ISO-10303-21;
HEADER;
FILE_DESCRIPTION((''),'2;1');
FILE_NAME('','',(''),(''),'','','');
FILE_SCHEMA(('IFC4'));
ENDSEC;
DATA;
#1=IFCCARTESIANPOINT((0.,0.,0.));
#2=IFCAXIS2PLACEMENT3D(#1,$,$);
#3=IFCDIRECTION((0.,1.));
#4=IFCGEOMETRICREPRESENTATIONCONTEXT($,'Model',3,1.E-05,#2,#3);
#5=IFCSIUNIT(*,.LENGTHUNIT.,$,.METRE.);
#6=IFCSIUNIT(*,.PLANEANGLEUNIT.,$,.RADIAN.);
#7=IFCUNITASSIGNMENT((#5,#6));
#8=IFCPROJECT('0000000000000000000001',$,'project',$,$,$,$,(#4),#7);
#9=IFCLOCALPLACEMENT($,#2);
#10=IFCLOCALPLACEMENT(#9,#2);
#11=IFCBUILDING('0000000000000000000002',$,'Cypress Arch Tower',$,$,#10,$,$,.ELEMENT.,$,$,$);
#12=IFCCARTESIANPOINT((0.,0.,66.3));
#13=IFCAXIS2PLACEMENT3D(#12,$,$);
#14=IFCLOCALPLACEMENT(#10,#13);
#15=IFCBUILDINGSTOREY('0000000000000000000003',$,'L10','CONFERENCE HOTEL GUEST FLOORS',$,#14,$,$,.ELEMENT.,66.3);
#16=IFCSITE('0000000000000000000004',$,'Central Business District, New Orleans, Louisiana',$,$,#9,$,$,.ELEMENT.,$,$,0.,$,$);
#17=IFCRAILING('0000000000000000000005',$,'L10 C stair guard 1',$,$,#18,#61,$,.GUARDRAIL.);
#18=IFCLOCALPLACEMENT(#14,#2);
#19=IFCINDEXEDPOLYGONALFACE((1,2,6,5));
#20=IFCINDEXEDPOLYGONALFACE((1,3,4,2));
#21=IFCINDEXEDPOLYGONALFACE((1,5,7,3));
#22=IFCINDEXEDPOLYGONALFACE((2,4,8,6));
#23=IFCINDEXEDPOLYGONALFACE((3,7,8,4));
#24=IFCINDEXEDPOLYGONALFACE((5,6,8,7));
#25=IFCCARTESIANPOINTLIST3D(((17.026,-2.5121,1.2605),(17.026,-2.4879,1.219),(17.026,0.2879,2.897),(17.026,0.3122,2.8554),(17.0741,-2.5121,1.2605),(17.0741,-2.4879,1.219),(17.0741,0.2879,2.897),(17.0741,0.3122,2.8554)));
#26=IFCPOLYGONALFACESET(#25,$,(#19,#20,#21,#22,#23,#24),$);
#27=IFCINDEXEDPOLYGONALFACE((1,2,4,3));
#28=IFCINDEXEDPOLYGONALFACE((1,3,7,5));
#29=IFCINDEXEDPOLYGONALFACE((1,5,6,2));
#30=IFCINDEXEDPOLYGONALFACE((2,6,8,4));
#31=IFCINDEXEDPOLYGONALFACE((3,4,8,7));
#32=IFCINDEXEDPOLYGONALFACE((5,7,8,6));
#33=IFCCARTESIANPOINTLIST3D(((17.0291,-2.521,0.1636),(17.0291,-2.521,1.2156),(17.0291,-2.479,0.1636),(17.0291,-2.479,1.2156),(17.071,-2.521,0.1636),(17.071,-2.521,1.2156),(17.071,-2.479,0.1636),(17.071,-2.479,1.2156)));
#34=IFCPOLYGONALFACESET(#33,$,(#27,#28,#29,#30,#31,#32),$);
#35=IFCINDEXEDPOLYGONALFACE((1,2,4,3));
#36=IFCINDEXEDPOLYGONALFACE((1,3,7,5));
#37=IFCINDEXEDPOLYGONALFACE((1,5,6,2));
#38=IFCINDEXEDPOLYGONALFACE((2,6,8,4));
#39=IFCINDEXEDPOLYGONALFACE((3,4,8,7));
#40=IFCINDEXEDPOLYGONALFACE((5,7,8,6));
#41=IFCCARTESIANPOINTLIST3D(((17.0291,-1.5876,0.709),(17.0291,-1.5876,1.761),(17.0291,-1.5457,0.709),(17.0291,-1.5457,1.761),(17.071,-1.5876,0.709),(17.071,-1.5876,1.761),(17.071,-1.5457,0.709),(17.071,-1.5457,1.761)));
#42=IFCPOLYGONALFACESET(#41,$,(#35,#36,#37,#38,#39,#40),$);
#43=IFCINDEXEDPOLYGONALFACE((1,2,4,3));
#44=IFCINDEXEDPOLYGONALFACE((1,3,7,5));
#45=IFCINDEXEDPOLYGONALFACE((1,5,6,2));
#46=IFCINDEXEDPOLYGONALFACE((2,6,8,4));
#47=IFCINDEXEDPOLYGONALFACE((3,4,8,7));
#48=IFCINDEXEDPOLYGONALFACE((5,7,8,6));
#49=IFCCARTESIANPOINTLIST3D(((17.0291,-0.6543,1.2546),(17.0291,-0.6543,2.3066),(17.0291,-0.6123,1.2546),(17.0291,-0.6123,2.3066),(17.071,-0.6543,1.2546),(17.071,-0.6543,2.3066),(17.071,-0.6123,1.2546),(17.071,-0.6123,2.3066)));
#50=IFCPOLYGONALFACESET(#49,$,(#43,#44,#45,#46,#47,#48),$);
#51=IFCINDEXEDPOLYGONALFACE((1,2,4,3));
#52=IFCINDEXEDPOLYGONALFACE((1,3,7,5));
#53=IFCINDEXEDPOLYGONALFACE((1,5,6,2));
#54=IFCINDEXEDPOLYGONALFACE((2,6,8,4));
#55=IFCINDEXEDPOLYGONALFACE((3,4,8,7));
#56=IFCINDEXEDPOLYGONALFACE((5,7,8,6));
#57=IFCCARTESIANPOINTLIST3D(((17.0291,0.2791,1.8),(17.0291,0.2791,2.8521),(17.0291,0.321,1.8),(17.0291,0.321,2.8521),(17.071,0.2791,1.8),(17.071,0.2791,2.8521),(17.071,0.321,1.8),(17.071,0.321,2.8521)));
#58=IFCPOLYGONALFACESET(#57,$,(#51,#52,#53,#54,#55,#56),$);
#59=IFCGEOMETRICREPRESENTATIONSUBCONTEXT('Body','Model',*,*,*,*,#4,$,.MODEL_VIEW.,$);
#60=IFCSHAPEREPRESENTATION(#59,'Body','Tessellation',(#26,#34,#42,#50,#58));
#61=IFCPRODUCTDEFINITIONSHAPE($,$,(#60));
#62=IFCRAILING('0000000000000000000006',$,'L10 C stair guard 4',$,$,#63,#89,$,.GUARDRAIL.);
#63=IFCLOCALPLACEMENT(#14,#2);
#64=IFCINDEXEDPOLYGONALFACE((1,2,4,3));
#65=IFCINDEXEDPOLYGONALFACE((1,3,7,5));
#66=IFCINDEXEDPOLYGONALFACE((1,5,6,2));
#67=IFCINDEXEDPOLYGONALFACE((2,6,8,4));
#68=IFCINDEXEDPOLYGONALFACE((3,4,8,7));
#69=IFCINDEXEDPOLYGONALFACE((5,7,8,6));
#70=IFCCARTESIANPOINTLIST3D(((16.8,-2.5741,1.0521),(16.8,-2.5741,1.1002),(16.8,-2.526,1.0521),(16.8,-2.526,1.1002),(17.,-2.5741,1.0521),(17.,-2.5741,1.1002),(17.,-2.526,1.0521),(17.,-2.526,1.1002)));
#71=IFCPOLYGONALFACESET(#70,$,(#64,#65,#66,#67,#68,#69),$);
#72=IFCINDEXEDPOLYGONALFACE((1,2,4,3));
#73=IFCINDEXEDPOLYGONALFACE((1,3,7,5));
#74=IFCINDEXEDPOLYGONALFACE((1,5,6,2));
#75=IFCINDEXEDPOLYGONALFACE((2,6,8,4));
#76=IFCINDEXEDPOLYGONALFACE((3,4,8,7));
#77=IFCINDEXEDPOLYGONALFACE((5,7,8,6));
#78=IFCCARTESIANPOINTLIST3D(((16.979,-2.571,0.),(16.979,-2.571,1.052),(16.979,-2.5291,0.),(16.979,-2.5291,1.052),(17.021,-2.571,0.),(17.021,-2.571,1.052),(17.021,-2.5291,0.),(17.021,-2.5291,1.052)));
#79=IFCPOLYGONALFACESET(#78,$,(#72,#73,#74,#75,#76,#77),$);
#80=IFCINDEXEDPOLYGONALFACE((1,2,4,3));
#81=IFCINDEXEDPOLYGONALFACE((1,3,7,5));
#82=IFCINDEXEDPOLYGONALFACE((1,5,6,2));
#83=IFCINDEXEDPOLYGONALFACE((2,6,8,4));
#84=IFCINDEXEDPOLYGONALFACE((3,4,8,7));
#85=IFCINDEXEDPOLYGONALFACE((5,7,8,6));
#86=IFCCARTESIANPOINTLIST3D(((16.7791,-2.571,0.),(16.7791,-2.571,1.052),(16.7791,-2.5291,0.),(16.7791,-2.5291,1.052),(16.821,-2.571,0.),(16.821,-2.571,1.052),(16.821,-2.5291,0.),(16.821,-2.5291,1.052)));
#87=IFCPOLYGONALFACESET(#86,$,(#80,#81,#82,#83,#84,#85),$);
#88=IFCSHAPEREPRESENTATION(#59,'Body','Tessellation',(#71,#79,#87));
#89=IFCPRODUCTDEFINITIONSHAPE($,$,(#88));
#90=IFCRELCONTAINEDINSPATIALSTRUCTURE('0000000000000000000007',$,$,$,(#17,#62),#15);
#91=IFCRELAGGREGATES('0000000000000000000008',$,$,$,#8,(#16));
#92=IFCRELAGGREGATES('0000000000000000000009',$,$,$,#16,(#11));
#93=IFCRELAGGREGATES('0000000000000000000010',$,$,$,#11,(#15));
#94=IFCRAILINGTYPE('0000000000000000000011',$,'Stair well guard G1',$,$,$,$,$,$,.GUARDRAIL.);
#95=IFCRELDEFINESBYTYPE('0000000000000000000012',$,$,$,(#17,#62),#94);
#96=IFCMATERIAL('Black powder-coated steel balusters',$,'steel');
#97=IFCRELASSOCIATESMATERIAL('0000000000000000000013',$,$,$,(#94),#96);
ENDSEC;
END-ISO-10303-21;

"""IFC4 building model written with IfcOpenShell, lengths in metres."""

from ifc_helpers import new_model, si_unit, direction, frame, origin, origin_2d, place, context, subcontext, project, spatial, rectangle, extrude, material, type_object, element, save


model = new_model("IFC4")

# Units and contexts
model_context = context("Model", 3, precision=1e-05, world=origin(), true_north=direction((0.0, 1.0)))
body_context = subcontext(model_context, "Body", "Model", "MODEL_VIEW")
ifc_project = project(units=[si_unit("LENGTHUNIT", "METRE"), si_unit("PLANEANGLEUNIT", "RADIAN")], contexts=[model_context])

# Site, building, storey
site_placement = place(None, origin())
site = spatial("IfcSite", under=ifc_project, at=site_placement, Name="Central Business District, New Orleans, Louisiana", CompositionType="ELEMENT", RefElevation=0.0)
building_placement = place(site_placement, origin())
building = spatial("IfcBuilding", under=site, at=building_placement, Name="Cypress Arch Tower", CompositionType="ELEMENT")
storey_placement = place(building_placement, frame((0.0, 0.0, 66.3)))
storey = spatial("IfcBuildingStorey", under=building, at=storey_placement, Name="L10", Description="CONFERENCE HOTEL GUEST FLOORS", CompositionType="ELEMENT", Elevation=66.3)

# Railings
ifc_material_1 = material(Name="Black powder-coated steel balusters", Category="steel")
railing_type_1 = type_object("IfcRailingType", Name="Stair well guard G1", PredefinedType="GUARDRAIL", material=ifc_material_1)
railing_1_placement = place(storey_placement, frame((17.05, -2.5, 0.1636)))
element("IfcRailing", 1, at=railing_1_placement, inside=storey, type_object=railing_type_1, Name="L10 C stair guard 1", PredefinedType="GUARDRAIL", context=body_context, shape_type="SweptSolid", body=[
    extrude(rectangle(XDim=0.0481, YDim=0.0481, at=origin_2d()), frame((0.0, 0.0, 1.0762), z_axis=(0.0, 0.863361, 0.504587), x_axis=(-1.0, 0.0, 0.0)), (0.0, 0.0, 1.0), 3.2432),
    extrude(rectangle(XDim=0.042, YDim=0.042, at=origin_2d()), origin(), (0.0, 0.0, 1.0), 1.052),
    extrude(rectangle(XDim=0.042, YDim=0.042, at=origin_2d()), frame((0.0, 0.9333, 0.5454)), (0.0, 0.0, 1.0), 1.052),
    extrude(rectangle(XDim=0.042, YDim=0.042, at=origin_2d()), frame((0.0, 1.8667, 1.0911)), (0.0, 0.0, 1.0), 1.052),
    extrude(rectangle(XDim=0.042, YDim=0.042, at=origin_2d()), frame((0.0, 2.8, 1.6365)), (0.0, 0.0, 1.0), 1.052),
])
railing_2_placement = place(storey_placement, frame((17.0, -2.55, 0.0)))
element("IfcRailing", 2, at=railing_2_placement, inside=storey, type_object=railing_type_1, Name="L10 C stair guard 4", PredefinedType="GUARDRAIL", context=body_context, shape_type="SweptSolid", body=[
    extrude(rectangle(XDim=0.0481, YDim=0.0481, at=origin_2d()), frame((0.0, 0.0, 1.0762), z_axis=(-1.0, 0.0, 0.0), x_axis=(0.0, -1.0, 0.0)), (0.0, 0.0, 1.0), 0.2),
    extrude(rectangle(XDim=0.042, YDim=0.042, at=origin_2d()), origin(), (0.0, 0.0, 1.0), 1.052),
    extrude(rectangle(XDim=0.042, YDim=0.042, at=origin_2d()), frame((-0.2, 0.0, 0.0)), (0.0, 0.0, 1.0), 1.052),
])

save(model, "model.ifc")
